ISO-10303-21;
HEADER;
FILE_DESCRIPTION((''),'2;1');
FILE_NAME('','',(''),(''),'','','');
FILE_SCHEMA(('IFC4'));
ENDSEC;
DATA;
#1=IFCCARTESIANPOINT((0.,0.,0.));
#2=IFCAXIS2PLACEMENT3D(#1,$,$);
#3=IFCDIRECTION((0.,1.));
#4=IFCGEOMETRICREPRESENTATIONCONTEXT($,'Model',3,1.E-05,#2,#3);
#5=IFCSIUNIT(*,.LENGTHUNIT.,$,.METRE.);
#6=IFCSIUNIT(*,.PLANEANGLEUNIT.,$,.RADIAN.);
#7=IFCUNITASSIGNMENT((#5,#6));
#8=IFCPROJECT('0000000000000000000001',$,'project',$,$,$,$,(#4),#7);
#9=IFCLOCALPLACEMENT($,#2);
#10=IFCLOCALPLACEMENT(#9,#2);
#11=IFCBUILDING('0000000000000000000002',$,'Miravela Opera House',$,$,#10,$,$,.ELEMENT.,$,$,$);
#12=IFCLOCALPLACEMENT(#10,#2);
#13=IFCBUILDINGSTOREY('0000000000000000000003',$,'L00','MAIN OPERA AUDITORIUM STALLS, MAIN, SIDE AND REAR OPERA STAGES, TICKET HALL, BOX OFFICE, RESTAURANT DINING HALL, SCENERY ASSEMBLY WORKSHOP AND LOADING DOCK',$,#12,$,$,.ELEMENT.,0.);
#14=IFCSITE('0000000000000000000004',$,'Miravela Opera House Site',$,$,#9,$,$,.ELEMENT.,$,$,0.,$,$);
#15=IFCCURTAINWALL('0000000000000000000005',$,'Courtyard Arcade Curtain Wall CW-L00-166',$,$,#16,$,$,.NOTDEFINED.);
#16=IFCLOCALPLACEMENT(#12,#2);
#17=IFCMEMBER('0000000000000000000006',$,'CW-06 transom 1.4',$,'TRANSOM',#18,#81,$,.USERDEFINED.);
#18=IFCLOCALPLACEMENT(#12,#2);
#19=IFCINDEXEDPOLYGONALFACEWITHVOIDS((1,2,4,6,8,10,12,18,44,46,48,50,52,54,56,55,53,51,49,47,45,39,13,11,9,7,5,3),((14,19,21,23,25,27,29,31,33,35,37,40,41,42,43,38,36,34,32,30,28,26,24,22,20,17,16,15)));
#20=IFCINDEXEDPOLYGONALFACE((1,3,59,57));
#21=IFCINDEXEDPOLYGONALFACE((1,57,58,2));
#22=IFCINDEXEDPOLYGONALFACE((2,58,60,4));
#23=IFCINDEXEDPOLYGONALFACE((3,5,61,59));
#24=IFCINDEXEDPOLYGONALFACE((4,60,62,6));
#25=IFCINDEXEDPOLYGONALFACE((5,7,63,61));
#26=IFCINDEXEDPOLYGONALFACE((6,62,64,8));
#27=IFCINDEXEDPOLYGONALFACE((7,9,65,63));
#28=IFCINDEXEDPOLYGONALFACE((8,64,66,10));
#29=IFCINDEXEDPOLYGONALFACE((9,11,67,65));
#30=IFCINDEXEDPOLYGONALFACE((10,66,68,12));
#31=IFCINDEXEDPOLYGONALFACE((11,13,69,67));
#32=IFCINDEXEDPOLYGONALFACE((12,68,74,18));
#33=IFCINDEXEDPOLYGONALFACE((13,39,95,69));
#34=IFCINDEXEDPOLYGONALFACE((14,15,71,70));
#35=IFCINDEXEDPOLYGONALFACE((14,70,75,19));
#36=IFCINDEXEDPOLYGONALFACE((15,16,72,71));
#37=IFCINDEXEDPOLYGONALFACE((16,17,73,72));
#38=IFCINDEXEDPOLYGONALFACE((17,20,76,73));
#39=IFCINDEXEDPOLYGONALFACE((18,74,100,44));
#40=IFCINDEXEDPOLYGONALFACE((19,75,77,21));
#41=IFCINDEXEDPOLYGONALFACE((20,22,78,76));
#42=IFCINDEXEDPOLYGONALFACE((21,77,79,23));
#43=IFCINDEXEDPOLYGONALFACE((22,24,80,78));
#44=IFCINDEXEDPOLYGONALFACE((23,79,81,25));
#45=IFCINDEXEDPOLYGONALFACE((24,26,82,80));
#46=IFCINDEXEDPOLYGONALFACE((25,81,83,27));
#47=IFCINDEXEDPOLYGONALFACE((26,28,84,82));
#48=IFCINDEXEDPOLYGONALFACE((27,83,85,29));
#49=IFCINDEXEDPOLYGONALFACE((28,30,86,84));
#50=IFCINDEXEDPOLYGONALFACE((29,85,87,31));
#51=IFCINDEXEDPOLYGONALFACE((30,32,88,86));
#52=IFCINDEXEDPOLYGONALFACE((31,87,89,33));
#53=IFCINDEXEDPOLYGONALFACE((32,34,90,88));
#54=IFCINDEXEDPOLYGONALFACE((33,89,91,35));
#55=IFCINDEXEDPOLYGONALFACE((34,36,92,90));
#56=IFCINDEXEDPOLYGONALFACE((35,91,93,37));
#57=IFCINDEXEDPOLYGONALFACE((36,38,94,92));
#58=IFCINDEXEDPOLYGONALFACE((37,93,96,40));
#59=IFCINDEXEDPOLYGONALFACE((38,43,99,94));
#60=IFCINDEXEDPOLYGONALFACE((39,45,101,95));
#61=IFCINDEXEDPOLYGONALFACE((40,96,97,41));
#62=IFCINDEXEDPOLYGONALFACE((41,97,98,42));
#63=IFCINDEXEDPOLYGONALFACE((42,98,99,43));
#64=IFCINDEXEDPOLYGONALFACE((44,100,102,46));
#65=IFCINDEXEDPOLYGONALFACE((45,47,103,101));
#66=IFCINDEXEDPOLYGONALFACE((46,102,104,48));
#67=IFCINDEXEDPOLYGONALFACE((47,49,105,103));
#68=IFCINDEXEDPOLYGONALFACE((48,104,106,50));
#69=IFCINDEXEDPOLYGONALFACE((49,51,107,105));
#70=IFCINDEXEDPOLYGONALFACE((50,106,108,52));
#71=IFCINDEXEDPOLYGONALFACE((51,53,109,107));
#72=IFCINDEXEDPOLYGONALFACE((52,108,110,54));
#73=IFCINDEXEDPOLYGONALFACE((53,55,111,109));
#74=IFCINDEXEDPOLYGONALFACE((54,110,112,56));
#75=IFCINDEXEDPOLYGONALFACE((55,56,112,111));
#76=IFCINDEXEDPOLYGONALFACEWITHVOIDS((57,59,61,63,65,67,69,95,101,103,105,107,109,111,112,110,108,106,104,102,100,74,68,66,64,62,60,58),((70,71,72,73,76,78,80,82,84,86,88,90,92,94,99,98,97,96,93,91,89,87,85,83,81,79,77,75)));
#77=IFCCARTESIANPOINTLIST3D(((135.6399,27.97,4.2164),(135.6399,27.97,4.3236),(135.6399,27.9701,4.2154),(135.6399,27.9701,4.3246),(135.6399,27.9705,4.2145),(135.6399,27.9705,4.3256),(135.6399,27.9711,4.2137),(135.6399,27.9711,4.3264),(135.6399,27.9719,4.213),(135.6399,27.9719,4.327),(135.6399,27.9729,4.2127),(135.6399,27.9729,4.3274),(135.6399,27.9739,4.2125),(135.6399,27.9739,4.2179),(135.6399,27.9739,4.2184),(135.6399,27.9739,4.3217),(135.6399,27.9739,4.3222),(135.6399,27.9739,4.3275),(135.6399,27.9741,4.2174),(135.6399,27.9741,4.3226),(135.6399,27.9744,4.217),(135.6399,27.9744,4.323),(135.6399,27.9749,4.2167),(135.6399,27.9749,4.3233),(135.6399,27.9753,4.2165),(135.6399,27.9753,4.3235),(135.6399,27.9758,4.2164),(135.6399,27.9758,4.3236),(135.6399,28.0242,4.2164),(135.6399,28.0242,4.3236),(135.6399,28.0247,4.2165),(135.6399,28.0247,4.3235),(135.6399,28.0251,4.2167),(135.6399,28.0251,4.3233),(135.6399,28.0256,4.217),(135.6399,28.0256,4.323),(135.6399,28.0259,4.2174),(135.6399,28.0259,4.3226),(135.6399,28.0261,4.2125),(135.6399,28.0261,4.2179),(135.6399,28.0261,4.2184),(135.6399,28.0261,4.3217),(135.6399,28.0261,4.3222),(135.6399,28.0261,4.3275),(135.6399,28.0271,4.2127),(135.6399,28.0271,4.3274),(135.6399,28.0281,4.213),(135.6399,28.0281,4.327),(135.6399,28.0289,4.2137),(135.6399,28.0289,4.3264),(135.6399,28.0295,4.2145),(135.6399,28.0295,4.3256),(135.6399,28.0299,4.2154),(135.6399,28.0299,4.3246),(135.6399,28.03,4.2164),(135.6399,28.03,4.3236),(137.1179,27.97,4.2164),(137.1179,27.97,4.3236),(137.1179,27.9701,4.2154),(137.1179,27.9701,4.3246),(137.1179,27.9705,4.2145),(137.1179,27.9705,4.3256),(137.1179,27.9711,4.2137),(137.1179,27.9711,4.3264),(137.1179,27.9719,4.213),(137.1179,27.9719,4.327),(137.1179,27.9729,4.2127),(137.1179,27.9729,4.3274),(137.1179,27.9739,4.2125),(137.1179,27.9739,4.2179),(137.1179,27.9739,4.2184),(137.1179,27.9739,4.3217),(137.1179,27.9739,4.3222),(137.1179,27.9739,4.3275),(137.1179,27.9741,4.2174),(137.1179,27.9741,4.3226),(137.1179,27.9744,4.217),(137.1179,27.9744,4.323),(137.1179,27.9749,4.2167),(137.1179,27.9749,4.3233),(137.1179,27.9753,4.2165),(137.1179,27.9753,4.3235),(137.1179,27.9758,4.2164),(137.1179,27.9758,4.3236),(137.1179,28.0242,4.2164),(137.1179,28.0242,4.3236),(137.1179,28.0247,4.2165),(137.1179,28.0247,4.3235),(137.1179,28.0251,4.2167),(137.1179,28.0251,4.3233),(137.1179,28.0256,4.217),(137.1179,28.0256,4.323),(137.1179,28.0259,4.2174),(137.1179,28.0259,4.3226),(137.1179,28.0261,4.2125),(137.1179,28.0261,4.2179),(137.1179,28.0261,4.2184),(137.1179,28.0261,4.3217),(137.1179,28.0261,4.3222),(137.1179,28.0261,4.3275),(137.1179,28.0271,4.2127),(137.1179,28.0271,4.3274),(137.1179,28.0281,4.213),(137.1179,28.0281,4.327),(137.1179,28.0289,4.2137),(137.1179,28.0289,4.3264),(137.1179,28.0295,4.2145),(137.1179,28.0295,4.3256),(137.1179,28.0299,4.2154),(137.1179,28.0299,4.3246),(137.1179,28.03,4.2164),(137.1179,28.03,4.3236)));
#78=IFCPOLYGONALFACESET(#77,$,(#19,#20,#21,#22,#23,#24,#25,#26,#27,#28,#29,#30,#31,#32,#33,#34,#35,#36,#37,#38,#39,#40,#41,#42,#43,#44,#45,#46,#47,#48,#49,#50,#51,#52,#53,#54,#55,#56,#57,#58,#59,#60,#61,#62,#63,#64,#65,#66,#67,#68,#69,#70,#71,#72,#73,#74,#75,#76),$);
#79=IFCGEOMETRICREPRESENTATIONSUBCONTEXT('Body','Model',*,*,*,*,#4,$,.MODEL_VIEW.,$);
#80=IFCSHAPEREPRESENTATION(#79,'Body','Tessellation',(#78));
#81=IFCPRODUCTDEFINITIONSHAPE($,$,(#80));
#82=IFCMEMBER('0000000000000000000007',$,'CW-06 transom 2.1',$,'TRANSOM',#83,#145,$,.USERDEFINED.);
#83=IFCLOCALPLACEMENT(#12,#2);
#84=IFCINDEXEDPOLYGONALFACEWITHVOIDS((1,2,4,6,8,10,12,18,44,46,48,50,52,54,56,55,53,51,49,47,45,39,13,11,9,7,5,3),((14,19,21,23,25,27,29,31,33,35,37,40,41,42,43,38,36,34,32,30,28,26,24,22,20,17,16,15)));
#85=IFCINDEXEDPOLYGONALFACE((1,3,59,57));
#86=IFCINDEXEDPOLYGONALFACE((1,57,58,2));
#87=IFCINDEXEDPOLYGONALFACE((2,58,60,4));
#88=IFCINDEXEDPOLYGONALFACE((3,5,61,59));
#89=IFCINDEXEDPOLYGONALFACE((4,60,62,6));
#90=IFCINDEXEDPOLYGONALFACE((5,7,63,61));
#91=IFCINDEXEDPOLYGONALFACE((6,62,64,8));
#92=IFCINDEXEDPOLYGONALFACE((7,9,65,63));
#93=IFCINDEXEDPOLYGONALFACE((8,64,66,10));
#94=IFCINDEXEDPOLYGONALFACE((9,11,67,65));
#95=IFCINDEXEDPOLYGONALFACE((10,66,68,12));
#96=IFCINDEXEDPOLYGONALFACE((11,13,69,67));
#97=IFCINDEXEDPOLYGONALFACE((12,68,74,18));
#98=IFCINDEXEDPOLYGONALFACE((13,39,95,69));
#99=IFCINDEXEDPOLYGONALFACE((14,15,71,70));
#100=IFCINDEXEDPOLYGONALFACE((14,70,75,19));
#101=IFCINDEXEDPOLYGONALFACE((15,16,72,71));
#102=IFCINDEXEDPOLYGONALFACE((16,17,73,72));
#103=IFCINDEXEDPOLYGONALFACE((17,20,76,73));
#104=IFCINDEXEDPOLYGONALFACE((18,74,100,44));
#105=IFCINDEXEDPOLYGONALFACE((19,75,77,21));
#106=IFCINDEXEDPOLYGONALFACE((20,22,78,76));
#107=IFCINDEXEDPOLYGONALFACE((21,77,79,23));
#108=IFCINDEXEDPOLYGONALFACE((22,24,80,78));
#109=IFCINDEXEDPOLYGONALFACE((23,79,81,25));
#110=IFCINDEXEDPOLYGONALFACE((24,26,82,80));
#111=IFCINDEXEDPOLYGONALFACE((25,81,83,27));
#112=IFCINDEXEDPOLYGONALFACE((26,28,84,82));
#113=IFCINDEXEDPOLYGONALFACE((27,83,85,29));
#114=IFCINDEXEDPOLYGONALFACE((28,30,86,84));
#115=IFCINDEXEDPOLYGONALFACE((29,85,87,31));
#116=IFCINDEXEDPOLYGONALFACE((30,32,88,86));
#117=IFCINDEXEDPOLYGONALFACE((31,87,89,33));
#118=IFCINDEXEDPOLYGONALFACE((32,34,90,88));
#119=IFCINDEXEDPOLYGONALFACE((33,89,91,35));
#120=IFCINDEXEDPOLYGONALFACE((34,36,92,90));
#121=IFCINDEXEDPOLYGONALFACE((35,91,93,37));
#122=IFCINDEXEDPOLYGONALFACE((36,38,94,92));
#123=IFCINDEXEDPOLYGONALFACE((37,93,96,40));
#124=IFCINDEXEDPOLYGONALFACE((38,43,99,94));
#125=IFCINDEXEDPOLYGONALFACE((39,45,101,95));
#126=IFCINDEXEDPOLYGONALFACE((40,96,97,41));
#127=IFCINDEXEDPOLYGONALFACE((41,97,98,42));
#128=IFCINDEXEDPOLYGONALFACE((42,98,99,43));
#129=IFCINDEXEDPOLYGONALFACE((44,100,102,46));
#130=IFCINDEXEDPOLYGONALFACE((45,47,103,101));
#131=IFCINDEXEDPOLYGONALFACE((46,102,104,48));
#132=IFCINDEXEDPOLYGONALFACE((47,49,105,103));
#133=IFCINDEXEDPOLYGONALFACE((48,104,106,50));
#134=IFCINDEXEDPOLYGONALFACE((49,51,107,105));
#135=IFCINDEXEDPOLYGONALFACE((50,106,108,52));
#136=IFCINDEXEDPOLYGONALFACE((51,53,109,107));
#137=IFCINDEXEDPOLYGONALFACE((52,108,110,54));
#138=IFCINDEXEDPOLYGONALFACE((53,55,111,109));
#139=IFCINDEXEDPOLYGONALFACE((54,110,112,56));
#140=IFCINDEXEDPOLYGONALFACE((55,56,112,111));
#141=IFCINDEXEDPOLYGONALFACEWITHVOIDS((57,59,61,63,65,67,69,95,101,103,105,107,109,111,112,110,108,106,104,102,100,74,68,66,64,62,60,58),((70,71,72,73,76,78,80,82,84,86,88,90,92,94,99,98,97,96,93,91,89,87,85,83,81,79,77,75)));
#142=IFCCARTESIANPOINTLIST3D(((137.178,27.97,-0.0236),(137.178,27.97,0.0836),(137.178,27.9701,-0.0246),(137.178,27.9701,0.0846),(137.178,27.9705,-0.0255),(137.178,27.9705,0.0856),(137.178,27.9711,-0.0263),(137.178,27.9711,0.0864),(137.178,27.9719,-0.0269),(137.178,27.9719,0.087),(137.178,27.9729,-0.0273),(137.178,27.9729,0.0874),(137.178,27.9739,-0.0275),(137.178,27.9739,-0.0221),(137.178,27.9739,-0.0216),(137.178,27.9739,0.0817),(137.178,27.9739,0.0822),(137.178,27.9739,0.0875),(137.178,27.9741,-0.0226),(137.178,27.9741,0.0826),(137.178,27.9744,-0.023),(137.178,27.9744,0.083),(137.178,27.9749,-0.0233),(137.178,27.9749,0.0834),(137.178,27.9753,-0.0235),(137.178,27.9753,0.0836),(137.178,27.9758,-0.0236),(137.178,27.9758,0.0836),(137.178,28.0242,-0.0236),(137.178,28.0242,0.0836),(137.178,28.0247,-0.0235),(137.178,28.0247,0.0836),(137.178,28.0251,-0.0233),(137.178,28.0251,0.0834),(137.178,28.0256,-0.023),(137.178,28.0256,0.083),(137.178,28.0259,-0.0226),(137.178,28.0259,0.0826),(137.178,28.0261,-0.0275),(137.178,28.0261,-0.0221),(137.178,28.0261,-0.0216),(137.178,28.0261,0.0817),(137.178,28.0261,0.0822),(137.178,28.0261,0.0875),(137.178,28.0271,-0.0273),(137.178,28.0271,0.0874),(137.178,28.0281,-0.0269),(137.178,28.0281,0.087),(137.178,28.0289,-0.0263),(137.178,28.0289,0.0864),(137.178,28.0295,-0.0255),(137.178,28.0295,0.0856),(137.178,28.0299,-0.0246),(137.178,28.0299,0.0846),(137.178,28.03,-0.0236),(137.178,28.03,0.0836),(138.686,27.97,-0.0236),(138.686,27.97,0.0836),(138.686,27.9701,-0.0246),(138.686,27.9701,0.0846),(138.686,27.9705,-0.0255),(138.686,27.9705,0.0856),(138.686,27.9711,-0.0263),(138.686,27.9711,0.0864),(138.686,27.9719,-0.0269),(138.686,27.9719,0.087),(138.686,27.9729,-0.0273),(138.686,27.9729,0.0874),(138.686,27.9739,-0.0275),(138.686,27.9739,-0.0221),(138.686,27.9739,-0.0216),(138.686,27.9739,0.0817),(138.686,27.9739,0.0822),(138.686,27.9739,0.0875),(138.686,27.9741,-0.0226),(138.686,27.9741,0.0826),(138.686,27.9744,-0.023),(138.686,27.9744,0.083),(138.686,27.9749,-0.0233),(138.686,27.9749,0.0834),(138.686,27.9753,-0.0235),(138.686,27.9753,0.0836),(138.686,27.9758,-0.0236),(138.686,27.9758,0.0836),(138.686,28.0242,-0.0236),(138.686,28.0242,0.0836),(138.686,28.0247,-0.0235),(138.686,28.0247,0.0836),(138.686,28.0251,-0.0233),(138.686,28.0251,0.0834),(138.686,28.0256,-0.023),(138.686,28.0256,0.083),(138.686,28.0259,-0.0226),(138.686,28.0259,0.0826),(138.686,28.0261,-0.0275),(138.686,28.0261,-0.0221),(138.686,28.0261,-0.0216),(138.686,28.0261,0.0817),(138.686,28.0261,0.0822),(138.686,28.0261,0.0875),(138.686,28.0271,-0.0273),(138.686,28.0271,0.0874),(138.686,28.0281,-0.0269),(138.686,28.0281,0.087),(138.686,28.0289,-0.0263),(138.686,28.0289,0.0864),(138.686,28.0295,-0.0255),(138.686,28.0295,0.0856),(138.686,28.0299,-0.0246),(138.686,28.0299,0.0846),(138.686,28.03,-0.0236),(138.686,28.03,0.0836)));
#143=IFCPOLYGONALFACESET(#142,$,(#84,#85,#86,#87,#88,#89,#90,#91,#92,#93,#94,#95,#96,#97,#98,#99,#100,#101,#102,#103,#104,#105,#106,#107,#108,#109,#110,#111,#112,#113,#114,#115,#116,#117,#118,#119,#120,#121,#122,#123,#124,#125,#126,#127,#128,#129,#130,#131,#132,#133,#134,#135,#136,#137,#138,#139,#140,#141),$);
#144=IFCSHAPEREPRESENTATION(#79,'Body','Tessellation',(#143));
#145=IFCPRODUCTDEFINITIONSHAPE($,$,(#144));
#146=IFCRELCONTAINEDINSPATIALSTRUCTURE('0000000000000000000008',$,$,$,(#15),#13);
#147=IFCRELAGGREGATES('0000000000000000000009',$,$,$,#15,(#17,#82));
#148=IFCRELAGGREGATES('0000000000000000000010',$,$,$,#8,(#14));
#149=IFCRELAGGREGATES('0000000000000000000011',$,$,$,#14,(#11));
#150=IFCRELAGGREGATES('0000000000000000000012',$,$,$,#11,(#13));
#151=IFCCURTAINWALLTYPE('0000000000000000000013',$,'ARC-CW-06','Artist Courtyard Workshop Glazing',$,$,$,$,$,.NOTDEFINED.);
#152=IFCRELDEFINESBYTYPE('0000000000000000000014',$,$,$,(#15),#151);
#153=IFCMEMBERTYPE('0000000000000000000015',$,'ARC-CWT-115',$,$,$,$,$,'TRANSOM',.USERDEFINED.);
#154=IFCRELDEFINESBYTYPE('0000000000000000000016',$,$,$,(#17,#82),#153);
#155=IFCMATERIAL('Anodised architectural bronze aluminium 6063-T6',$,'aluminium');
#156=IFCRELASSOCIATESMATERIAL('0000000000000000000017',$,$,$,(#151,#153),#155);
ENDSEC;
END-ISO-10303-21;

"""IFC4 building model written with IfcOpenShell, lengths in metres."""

from ifc_helpers import new_model, si_unit, direction, frame, origin, origin_2d, place, context, subcontext, project, spatial, hollow_rectangle, extrude, material, material_profile, profile_set, type_object, element, aggregate, save


model = new_model("IFC4")

# Units and contexts
model_context = context("Model", 3, precision=1e-05, world=origin(), true_north=direction((0.0, 1.0)))
body_context = subcontext(model_context, "Body", "Model", "MODEL_VIEW")
ifc_project = project(units=[si_unit("LENGTHUNIT", "METRE"), si_unit("PLANEANGLEUNIT", "RADIAN")], contexts=[model_context])

# Site, building, storey
site_placement = place(None, origin())
site = spatial("IfcSite", under=ifc_project, at=site_placement, Name="Miravela Opera House Site", CompositionType="ELEMENT", RefElevation=0.0)
building_placement = place(site_placement, origin())
building = spatial("IfcBuilding", under=site, at=building_placement, Name="Miravela Opera House", CompositionType="ELEMENT")
storey_placement = place(building_placement, origin())
storey = spatial("IfcBuildingStorey", under=building, at=storey_placement, Name="L00", Description="MAIN OPERA AUDITORIUM STALLS, MAIN, SIDE AND REAR OPERA STAGES, TICKET HALL, BOX OFFICE, RESTAURANT DINING HALL, SCENERY ASSEMBLY WORKSHOP AND LOADING DOCK", CompositionType="ELEMENT", Elevation=0.0)

# Curtain wall, members
ifc_material_1 = material(Name="Anodised architectural bronze aluminium 6063-T6", Category="aluminium")
curtain_wall_type = type_object("IfcCurtainWallType", Name="ARC-CW-06", Description="Artist Courtyard Workshop Glazing", PredefinedType="NOTDEFINED", material=ifc_material_1)
curtain_wall_placement = place(storey_placement, origin())
curtain_wall = element("IfcCurtainWall", 1, at=curtain_wall_placement, inside=storey, type_object=curtain_wall_type, Name="Courtyard Arcade Curtain Wall CW-L00-166", PredefinedType="NOTDEFINED")
ifc_material_profile_1 = material_profile(ifc_material_1, hollow_rectangle(XDim=0.0601, YDim=0.115, WallThickness=0.0039, InnerFilletRadius=0.002, OuterFilletRadius=0.0039, at=origin_2d()), Name="CWT-60X115")
ifc_profile_set_1 = profile_set([ifc_material_profile_1])
member_type_1 = type_object("IfcMemberType", Name="ARC-CWT-115", ElementType="TRANSOM", PredefinedType="USERDEFINED", material=ifc_profile_set_1)
member_1_placement = place(storey_placement, frame((135.6399, 28.0, 4.27), z_axis=(1.0, 0.0, 0.0), x_axis=(0.0, 1.0, 0.0)))
member_1 = element("IfcMember", 2, at=member_1_placement, type_object=member_type_1, Name="CW-06 transom 1.4", ObjectType="TRANSOM", PredefinedType="USERDEFINED", context=body_context, shape_type="SweptSolid", body=[
    extrude(hollow_rectangle(XDim=0.0601, YDim=0.115, WallThickness=0.0039, InnerFilletRadius=0.002, OuterFilletRadius=0.0039, at=origin_2d()), origin(), (0.0, 0.0, 1.0), 1.478),
])
member_2_placement = place(storey_placement, frame((137.178, 28.0, 0.03), z_axis=(1.0, 0.0, 0.0), x_axis=(0.0, 1.0, 0.0)))
member_2 = element("IfcMember", 3, at=member_2_placement, type_object=member_type_1, Name="CW-06 transom 2.1", ObjectType="TRANSOM", PredefinedType="USERDEFINED", context=body_context, shape_type="SweptSolid", body=[
    extrude(hollow_rectangle(XDim=0.0601, YDim=0.115, WallThickness=0.0039, InnerFilletRadius=0.002, OuterFilletRadius=0.0039, at=origin_2d()), origin(), (0.0, 0.0, 1.0), 1.5081),
])
aggregate(curtain_wall, [member_1, member_2])

save(model, "model.ifc")
